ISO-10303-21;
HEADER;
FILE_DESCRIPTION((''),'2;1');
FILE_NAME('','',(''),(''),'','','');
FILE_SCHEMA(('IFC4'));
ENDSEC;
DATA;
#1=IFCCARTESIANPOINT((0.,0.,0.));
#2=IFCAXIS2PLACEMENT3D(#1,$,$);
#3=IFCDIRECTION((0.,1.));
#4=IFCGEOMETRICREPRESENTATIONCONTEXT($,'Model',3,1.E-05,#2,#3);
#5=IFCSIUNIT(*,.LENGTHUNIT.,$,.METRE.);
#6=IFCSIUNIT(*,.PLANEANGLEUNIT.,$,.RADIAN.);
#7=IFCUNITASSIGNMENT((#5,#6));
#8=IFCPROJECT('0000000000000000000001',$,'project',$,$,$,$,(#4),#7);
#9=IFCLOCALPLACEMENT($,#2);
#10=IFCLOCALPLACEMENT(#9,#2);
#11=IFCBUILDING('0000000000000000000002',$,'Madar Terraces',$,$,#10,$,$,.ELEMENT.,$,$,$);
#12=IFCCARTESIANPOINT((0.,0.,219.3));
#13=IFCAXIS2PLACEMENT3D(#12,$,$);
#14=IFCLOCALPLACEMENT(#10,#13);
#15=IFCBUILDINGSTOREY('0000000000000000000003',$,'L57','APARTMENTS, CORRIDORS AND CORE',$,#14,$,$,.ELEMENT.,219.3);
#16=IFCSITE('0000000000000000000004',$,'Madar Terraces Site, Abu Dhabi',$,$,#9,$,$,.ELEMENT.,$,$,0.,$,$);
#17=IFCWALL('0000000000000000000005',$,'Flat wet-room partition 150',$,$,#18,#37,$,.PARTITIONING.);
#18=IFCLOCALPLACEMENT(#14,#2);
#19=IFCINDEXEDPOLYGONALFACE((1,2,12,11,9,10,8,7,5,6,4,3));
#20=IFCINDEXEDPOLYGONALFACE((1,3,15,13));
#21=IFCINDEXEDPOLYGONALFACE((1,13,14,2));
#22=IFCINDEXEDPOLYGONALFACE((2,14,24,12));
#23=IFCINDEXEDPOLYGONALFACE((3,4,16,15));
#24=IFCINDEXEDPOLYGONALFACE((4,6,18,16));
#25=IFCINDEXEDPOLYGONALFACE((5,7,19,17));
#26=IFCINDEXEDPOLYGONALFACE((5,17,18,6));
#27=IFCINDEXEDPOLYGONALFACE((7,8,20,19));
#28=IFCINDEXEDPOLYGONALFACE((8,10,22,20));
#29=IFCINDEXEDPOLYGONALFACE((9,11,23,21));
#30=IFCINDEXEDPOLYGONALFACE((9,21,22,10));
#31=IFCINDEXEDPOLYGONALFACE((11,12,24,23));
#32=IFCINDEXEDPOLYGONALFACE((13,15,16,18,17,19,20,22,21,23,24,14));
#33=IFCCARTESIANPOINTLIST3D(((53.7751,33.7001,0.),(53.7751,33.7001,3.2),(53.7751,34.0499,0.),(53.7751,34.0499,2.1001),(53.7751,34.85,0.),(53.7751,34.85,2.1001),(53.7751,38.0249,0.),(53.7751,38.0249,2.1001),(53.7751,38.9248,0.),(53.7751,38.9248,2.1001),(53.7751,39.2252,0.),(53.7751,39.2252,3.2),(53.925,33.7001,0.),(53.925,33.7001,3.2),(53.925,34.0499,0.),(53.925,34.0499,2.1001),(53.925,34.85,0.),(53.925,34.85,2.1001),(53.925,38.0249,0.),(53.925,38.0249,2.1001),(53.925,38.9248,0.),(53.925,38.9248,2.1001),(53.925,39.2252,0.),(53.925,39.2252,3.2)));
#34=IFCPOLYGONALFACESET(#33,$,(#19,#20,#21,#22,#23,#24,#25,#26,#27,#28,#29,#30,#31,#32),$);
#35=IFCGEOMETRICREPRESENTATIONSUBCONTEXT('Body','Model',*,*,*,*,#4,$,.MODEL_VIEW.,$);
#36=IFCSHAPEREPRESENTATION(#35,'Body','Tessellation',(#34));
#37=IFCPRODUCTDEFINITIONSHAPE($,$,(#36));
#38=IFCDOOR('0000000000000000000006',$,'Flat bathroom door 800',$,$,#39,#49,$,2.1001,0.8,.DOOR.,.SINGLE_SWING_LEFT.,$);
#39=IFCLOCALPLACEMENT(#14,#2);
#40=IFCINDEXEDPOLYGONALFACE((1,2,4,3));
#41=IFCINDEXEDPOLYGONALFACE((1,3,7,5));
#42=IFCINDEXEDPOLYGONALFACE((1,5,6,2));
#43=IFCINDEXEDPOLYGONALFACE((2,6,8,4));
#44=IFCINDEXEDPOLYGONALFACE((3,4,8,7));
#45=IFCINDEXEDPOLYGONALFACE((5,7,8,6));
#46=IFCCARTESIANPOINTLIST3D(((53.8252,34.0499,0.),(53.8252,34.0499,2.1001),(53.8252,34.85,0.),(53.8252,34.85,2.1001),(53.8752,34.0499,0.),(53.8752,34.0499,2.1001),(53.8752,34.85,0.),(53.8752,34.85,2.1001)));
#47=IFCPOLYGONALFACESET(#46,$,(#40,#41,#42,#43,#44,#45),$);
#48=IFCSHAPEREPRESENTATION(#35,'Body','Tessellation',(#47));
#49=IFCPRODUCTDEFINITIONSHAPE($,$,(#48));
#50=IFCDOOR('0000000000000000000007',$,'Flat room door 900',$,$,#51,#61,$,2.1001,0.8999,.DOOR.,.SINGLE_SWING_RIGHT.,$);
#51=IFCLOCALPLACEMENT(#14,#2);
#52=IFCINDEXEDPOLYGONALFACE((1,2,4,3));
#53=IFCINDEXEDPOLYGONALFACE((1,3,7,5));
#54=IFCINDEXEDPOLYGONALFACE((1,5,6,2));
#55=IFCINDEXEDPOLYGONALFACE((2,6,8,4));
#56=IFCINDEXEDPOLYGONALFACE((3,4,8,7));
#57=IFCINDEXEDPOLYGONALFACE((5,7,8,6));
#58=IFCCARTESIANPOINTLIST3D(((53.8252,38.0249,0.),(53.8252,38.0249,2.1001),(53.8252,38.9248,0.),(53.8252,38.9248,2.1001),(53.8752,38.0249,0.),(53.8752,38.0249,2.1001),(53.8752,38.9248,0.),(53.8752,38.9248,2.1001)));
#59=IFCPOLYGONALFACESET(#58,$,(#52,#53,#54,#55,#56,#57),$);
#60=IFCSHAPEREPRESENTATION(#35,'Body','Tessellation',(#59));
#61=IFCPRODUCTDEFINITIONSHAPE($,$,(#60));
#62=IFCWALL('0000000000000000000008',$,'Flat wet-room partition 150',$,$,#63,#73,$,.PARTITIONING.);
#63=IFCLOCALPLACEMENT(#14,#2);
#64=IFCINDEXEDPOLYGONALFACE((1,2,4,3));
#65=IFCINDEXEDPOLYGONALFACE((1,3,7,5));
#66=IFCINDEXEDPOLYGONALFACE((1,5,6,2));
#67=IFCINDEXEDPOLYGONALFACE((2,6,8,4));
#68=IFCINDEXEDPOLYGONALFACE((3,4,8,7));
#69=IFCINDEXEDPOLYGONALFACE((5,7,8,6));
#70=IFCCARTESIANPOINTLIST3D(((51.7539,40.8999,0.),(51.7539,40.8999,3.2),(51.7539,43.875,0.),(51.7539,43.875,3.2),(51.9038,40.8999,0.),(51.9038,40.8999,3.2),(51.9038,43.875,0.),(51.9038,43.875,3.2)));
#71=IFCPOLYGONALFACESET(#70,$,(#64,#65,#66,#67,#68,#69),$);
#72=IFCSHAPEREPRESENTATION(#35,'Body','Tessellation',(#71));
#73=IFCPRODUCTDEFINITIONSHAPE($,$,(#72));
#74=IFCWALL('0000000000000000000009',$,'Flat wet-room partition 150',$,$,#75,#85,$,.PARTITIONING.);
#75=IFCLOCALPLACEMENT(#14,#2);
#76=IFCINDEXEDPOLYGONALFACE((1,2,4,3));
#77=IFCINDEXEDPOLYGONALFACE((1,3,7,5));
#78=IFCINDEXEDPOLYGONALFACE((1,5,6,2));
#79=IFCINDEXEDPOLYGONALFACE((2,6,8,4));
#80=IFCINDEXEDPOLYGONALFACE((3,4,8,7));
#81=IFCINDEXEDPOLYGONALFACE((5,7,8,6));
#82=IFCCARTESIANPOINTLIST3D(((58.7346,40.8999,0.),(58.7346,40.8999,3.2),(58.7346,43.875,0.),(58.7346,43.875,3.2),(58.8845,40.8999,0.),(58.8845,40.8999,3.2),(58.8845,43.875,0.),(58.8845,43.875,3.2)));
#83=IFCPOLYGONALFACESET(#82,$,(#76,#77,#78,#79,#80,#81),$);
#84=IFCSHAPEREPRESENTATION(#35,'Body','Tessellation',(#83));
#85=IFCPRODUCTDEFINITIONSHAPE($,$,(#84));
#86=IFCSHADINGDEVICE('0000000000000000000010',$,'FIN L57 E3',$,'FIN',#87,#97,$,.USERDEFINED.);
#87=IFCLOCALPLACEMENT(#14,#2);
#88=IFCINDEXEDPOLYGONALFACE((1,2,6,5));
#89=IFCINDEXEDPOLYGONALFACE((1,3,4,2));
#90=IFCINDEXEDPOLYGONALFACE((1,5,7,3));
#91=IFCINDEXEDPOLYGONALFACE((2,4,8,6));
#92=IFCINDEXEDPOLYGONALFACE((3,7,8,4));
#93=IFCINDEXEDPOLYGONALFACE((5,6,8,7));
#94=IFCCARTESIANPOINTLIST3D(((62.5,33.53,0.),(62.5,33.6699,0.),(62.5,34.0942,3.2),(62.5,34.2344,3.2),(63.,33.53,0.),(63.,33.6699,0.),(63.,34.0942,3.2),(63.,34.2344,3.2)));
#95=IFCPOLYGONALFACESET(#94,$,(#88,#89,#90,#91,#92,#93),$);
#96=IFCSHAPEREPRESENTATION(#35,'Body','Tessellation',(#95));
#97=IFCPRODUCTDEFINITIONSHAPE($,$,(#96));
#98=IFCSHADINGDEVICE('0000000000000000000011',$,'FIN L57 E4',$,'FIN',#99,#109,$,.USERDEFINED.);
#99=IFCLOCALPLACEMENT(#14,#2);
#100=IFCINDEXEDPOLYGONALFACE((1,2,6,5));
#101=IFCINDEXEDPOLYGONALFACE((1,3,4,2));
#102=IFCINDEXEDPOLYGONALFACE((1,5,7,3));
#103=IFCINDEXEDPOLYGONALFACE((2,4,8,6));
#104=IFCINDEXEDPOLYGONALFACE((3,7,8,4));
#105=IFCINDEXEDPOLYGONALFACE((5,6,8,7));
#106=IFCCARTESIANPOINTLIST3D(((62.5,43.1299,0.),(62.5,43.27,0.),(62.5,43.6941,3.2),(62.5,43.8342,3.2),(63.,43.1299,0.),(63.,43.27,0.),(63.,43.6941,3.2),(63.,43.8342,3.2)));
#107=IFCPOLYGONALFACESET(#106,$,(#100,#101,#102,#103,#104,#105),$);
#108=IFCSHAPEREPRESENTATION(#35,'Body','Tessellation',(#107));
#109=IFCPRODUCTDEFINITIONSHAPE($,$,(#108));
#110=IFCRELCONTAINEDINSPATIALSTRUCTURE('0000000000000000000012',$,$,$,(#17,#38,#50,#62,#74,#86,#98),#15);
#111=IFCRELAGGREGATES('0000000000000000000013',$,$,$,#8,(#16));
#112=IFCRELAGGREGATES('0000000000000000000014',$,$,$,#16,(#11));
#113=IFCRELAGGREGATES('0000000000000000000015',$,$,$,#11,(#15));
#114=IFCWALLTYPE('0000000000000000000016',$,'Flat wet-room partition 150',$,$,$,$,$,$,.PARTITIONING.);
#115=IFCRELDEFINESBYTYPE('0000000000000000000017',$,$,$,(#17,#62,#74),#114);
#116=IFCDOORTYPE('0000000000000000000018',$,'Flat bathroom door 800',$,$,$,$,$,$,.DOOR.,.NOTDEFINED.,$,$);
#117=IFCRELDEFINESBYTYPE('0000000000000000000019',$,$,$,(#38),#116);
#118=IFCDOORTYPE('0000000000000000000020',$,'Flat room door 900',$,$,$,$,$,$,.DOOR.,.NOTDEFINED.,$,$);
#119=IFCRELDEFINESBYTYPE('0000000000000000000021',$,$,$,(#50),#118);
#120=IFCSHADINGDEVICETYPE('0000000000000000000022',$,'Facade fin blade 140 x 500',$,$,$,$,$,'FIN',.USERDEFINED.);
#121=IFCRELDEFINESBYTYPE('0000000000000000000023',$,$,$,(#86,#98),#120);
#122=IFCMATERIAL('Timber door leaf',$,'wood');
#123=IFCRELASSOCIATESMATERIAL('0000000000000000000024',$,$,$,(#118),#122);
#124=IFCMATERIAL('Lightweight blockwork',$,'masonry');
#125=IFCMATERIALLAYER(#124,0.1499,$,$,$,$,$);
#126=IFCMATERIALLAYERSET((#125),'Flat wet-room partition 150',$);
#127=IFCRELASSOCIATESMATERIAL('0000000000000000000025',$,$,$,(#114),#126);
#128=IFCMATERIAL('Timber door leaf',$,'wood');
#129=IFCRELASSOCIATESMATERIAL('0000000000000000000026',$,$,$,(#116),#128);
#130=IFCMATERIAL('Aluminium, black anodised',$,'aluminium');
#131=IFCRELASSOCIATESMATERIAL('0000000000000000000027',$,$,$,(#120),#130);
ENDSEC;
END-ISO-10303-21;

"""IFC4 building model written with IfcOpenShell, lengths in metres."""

from ifc_helpers import new_model, si_unit, direction, frame, frame_2d, origin, place, context, subcontext, project, spatial, polyline, rectangle, outline, extrude, material, layer, layer_set, type_object, element, fill, save


model = new_model("IFC4")

# Units and contexts
model_context = context("Model", 3, precision=1e-05, world=origin(), true_north=direction((0.0, 1.0)))
body_context = subcontext(model_context, "Body", "Model", "MODEL_VIEW")
ifc_project = project(units=[si_unit("LENGTHUNIT", "METRE"), si_unit("PLANEANGLEUNIT", "RADIAN")], contexts=[model_context])

# Site, building, storey
site_placement = place(None, origin())
site = spatial("IfcSite", under=ifc_project, at=site_placement, Name="Madar Terraces Site, Abu Dhabi", CompositionType="ELEMENT", RefElevation=0.0)
building_placement = place(site_placement, origin())
building = spatial("IfcBuilding", under=site, at=building_placement, Name="Madar Terraces", CompositionType="ELEMENT")
storey_placement = place(building_placement, frame((0.0, 0.0, 219.3)))
storey = spatial("IfcBuildingStorey", under=building, at=storey_placement, Name="L57", Description="APARTMENTS, CORRIDORS AND CORE", CompositionType="ELEMENT", Elevation=219.3)

# Shared definitions
ifc_material_1 = material(Name="Timber door leaf", Category="wood")
door_type_1 = type_object("IfcDoorType", Name="Flat room door 900", OperationType="NOTDEFINED", PredefinedType="DOOR", material=ifc_material_1)

# Shared definitions
ifc_material_2 = material(Name="Lightweight blockwork", Category="masonry")
ifc_layer_1 = layer(ifc_material_2, 0.1499)
ifc_layer_set_1 = layer_set([ifc_layer_1], Name="Flat wet-room partition 150")
wall_type_1 = type_object("IfcWallType", Name="Flat wet-room partition 150", PredefinedType="PARTITIONING", material=ifc_layer_set_1)

# Wall, openings, doors
wall_1_placement = place(storey_placement, frame((53.8501, 33.7, 0.0), z_axis=(0.0, 0.0, 1.0), x_axis=(0.0, 1.0, 0.0)))
wall_1 = element("IfcWall", 1, at=wall_1_placement, inside=storey, type_object=wall_type_1, Name="Flat wet-room partition 150", PredefinedType="PARTITIONING", context=body_context, shape_type="SweptSolid", body=[
    extrude(rectangle(XDim=5.5251, YDim=0.1499, at=frame_2d((2.7627, 0.0))), origin(), (0.0, 0.0, 1.0), 3.2),
])
opening_1_placement = place(wall_1_placement, frame((4.325, 0.0, 0.0)))
opening_1 = element("IfcOpeningElement", 2, at=opening_1_placement, cuts=wall_1, PredefinedType="OPENING", context=body_context, shape_type="SweptSolid", body=[
    extrude(rectangle(XDim=0.8999, YDim=2.1001, at=frame_2d((0.45, 1.05))), frame((0.0, 0.085, 0.0), z_axis=(0.0, -1.0, 0.0), x_axis=(1.0, 0.0, 0.0)), (0.0, 0.0, 1.0), 0.1699),
])
opening_2_placement = place(wall_1_placement, frame((0.3501, 0.0, 0.0)))
opening_2 = element("IfcOpeningElement", 3, at=opening_2_placement, cuts=wall_1, PredefinedType="OPENING", context=body_context, shape_type="SweptSolid", body=[
    extrude(rectangle(XDim=0.8, YDim=2.1001, at=frame_2d((0.3999, 1.05))), frame((0.0, 0.085, 0.0), z_axis=(0.0, -1.0, 0.0), x_axis=(1.0, 0.0, 0.0)), (0.0, 0.0, 1.0), 0.1699),
])
ifc_material_3 = material(Name="Timber door leaf", Category="wood")
door_type_2 = type_object("IfcDoorType", Name="Flat bathroom door 800", OperationType="NOTDEFINED", PredefinedType="DOOR", material=ifc_material_3)
door_1_placement = place(opening_2_placement, origin())
door_1 = element("IfcDoor", 4, at=door_1_placement, inside=storey, type_object=door_type_2, Name="Flat bathroom door 800", OperationType="SINGLE_SWING_LEFT", OverallHeight=2.1001, OverallWidth=0.8, PredefinedType="DOOR", context=body_context, shape_type="SweptSolid", body=[
    extrude(rectangle(XDim=0.8, YDim=2.1001, at=frame_2d((0.3999, 1.05))), frame((0.0, 0.0249, 0.0), z_axis=(0.0, -1.0, 0.0), x_axis=(1.0, 0.0, 0.0)), (0.0, 0.0, 1.0), 0.05),
])
fill(opening_2, door_1)
door_2_placement = place(opening_1_placement, origin())
door_2 = element("IfcDoor", 5, at=door_2_placement, inside=storey, type_object=door_type_1, Name="Flat room door 900", OperationType="SINGLE_SWING_RIGHT", OverallHeight=2.1001, OverallWidth=0.8999, PredefinedType="DOOR", context=body_context, shape_type="SweptSolid", body=[
    extrude(rectangle(XDim=0.8999, YDim=2.1001, at=frame_2d((0.45, 1.05))), frame((0.0, 0.0249, 0.0), z_axis=(0.0, -1.0, 0.0), x_axis=(1.0, 0.0, 0.0)), (0.0, 0.0, 1.0), 0.05),
])
fill(opening_1, door_2)

# Walls
for number, where, z_axis, x_axis, name in (
    (6, (51.8289, 40.8999, 0.0), (0.0, 0.0, 1.0), (0.0, 1.0, 0.0), "Flat wet-room partition 150"),
    (7, (58.8096, 40.8999, 0.0), (0.0, 0.0, 1.0), (0.0, 1.0, 0.0), "Flat wet-room partition 150"),
):
    element("IfcWall", number, at=place(storey_placement, frame(where, z_axis=z_axis, x_axis=x_axis)), inside=storey, type_object=wall_type_1, Name=name, PredefinedType="PARTITIONING", context=body_context, shape_type="SweptSolid", body=[
        extrude(rectangle(XDim=2.9751, YDim=0.1499, at=frame_2d((1.4875, 0.0))), origin(), (0.0, 0.0, 1.0), 3.2),
    ])

# Shading devices
ifc_material_4 = material(Name="Aluminium, black anodised", Category="aluminium")
shading_device_type = type_object("IfcShadingDeviceType", Name="Facade fin blade 140 x 500", ElementType="FIN", PredefinedType="USERDEFINED", material=ifc_material_4)
shading_device_1_placement = place(storey_placement, frame((62.75, 33.53, 0.0), z_axis=(0.0, 0.0, 1.0), x_axis=(0.0, 1.0, 0.0)))
element("IfcShadingDevice", 8, at=shading_device_1_placement, inside=storey, type_object=shading_device_type, Name="FIN L57 E3", ObjectType="FIN", PredefinedType="USERDEFINED", context=body_context, shape_type="SweptSolid", body=[
    extrude(outline(polyline([(0.0, 0.0), (0.1399, 0.0), (0.7043, 3.2), (0.5642, 3.2), (0.0, 0.0)])), frame((0.0, 0.25, 0.0), z_axis=(0.0, -1.0, 0.0), x_axis=(1.0, 0.0, 0.0)), (0.0, 0.0, 1.0), 0.5),
])
shading_device_2_placement = place(storey_placement, frame((62.75, 43.1299, 0.0), z_axis=(0.0, 0.0, 1.0), x_axis=(0.0, 1.0, 0.0)))
element("IfcShadingDevice", 9, at=shading_device_2_placement, inside=storey, type_object=shading_device_type, Name="FIN L57 E4", ObjectType="FIN", PredefinedType="USERDEFINED", context=body_context, shape_type="SweptSolid", body=[
    extrude(outline(polyline([(0.0, 0.0), (0.1401, 0.0), (0.7043, 3.2), (0.5642, 3.2), (0.0, 0.0)])), frame((0.0, 0.25, 0.0), z_axis=(0.0, -1.0, 0.0), x_axis=(1.0, 0.0, 0.0)), (0.0, 0.0, 1.0), 0.5),
])

save(model, "model.ifc")
